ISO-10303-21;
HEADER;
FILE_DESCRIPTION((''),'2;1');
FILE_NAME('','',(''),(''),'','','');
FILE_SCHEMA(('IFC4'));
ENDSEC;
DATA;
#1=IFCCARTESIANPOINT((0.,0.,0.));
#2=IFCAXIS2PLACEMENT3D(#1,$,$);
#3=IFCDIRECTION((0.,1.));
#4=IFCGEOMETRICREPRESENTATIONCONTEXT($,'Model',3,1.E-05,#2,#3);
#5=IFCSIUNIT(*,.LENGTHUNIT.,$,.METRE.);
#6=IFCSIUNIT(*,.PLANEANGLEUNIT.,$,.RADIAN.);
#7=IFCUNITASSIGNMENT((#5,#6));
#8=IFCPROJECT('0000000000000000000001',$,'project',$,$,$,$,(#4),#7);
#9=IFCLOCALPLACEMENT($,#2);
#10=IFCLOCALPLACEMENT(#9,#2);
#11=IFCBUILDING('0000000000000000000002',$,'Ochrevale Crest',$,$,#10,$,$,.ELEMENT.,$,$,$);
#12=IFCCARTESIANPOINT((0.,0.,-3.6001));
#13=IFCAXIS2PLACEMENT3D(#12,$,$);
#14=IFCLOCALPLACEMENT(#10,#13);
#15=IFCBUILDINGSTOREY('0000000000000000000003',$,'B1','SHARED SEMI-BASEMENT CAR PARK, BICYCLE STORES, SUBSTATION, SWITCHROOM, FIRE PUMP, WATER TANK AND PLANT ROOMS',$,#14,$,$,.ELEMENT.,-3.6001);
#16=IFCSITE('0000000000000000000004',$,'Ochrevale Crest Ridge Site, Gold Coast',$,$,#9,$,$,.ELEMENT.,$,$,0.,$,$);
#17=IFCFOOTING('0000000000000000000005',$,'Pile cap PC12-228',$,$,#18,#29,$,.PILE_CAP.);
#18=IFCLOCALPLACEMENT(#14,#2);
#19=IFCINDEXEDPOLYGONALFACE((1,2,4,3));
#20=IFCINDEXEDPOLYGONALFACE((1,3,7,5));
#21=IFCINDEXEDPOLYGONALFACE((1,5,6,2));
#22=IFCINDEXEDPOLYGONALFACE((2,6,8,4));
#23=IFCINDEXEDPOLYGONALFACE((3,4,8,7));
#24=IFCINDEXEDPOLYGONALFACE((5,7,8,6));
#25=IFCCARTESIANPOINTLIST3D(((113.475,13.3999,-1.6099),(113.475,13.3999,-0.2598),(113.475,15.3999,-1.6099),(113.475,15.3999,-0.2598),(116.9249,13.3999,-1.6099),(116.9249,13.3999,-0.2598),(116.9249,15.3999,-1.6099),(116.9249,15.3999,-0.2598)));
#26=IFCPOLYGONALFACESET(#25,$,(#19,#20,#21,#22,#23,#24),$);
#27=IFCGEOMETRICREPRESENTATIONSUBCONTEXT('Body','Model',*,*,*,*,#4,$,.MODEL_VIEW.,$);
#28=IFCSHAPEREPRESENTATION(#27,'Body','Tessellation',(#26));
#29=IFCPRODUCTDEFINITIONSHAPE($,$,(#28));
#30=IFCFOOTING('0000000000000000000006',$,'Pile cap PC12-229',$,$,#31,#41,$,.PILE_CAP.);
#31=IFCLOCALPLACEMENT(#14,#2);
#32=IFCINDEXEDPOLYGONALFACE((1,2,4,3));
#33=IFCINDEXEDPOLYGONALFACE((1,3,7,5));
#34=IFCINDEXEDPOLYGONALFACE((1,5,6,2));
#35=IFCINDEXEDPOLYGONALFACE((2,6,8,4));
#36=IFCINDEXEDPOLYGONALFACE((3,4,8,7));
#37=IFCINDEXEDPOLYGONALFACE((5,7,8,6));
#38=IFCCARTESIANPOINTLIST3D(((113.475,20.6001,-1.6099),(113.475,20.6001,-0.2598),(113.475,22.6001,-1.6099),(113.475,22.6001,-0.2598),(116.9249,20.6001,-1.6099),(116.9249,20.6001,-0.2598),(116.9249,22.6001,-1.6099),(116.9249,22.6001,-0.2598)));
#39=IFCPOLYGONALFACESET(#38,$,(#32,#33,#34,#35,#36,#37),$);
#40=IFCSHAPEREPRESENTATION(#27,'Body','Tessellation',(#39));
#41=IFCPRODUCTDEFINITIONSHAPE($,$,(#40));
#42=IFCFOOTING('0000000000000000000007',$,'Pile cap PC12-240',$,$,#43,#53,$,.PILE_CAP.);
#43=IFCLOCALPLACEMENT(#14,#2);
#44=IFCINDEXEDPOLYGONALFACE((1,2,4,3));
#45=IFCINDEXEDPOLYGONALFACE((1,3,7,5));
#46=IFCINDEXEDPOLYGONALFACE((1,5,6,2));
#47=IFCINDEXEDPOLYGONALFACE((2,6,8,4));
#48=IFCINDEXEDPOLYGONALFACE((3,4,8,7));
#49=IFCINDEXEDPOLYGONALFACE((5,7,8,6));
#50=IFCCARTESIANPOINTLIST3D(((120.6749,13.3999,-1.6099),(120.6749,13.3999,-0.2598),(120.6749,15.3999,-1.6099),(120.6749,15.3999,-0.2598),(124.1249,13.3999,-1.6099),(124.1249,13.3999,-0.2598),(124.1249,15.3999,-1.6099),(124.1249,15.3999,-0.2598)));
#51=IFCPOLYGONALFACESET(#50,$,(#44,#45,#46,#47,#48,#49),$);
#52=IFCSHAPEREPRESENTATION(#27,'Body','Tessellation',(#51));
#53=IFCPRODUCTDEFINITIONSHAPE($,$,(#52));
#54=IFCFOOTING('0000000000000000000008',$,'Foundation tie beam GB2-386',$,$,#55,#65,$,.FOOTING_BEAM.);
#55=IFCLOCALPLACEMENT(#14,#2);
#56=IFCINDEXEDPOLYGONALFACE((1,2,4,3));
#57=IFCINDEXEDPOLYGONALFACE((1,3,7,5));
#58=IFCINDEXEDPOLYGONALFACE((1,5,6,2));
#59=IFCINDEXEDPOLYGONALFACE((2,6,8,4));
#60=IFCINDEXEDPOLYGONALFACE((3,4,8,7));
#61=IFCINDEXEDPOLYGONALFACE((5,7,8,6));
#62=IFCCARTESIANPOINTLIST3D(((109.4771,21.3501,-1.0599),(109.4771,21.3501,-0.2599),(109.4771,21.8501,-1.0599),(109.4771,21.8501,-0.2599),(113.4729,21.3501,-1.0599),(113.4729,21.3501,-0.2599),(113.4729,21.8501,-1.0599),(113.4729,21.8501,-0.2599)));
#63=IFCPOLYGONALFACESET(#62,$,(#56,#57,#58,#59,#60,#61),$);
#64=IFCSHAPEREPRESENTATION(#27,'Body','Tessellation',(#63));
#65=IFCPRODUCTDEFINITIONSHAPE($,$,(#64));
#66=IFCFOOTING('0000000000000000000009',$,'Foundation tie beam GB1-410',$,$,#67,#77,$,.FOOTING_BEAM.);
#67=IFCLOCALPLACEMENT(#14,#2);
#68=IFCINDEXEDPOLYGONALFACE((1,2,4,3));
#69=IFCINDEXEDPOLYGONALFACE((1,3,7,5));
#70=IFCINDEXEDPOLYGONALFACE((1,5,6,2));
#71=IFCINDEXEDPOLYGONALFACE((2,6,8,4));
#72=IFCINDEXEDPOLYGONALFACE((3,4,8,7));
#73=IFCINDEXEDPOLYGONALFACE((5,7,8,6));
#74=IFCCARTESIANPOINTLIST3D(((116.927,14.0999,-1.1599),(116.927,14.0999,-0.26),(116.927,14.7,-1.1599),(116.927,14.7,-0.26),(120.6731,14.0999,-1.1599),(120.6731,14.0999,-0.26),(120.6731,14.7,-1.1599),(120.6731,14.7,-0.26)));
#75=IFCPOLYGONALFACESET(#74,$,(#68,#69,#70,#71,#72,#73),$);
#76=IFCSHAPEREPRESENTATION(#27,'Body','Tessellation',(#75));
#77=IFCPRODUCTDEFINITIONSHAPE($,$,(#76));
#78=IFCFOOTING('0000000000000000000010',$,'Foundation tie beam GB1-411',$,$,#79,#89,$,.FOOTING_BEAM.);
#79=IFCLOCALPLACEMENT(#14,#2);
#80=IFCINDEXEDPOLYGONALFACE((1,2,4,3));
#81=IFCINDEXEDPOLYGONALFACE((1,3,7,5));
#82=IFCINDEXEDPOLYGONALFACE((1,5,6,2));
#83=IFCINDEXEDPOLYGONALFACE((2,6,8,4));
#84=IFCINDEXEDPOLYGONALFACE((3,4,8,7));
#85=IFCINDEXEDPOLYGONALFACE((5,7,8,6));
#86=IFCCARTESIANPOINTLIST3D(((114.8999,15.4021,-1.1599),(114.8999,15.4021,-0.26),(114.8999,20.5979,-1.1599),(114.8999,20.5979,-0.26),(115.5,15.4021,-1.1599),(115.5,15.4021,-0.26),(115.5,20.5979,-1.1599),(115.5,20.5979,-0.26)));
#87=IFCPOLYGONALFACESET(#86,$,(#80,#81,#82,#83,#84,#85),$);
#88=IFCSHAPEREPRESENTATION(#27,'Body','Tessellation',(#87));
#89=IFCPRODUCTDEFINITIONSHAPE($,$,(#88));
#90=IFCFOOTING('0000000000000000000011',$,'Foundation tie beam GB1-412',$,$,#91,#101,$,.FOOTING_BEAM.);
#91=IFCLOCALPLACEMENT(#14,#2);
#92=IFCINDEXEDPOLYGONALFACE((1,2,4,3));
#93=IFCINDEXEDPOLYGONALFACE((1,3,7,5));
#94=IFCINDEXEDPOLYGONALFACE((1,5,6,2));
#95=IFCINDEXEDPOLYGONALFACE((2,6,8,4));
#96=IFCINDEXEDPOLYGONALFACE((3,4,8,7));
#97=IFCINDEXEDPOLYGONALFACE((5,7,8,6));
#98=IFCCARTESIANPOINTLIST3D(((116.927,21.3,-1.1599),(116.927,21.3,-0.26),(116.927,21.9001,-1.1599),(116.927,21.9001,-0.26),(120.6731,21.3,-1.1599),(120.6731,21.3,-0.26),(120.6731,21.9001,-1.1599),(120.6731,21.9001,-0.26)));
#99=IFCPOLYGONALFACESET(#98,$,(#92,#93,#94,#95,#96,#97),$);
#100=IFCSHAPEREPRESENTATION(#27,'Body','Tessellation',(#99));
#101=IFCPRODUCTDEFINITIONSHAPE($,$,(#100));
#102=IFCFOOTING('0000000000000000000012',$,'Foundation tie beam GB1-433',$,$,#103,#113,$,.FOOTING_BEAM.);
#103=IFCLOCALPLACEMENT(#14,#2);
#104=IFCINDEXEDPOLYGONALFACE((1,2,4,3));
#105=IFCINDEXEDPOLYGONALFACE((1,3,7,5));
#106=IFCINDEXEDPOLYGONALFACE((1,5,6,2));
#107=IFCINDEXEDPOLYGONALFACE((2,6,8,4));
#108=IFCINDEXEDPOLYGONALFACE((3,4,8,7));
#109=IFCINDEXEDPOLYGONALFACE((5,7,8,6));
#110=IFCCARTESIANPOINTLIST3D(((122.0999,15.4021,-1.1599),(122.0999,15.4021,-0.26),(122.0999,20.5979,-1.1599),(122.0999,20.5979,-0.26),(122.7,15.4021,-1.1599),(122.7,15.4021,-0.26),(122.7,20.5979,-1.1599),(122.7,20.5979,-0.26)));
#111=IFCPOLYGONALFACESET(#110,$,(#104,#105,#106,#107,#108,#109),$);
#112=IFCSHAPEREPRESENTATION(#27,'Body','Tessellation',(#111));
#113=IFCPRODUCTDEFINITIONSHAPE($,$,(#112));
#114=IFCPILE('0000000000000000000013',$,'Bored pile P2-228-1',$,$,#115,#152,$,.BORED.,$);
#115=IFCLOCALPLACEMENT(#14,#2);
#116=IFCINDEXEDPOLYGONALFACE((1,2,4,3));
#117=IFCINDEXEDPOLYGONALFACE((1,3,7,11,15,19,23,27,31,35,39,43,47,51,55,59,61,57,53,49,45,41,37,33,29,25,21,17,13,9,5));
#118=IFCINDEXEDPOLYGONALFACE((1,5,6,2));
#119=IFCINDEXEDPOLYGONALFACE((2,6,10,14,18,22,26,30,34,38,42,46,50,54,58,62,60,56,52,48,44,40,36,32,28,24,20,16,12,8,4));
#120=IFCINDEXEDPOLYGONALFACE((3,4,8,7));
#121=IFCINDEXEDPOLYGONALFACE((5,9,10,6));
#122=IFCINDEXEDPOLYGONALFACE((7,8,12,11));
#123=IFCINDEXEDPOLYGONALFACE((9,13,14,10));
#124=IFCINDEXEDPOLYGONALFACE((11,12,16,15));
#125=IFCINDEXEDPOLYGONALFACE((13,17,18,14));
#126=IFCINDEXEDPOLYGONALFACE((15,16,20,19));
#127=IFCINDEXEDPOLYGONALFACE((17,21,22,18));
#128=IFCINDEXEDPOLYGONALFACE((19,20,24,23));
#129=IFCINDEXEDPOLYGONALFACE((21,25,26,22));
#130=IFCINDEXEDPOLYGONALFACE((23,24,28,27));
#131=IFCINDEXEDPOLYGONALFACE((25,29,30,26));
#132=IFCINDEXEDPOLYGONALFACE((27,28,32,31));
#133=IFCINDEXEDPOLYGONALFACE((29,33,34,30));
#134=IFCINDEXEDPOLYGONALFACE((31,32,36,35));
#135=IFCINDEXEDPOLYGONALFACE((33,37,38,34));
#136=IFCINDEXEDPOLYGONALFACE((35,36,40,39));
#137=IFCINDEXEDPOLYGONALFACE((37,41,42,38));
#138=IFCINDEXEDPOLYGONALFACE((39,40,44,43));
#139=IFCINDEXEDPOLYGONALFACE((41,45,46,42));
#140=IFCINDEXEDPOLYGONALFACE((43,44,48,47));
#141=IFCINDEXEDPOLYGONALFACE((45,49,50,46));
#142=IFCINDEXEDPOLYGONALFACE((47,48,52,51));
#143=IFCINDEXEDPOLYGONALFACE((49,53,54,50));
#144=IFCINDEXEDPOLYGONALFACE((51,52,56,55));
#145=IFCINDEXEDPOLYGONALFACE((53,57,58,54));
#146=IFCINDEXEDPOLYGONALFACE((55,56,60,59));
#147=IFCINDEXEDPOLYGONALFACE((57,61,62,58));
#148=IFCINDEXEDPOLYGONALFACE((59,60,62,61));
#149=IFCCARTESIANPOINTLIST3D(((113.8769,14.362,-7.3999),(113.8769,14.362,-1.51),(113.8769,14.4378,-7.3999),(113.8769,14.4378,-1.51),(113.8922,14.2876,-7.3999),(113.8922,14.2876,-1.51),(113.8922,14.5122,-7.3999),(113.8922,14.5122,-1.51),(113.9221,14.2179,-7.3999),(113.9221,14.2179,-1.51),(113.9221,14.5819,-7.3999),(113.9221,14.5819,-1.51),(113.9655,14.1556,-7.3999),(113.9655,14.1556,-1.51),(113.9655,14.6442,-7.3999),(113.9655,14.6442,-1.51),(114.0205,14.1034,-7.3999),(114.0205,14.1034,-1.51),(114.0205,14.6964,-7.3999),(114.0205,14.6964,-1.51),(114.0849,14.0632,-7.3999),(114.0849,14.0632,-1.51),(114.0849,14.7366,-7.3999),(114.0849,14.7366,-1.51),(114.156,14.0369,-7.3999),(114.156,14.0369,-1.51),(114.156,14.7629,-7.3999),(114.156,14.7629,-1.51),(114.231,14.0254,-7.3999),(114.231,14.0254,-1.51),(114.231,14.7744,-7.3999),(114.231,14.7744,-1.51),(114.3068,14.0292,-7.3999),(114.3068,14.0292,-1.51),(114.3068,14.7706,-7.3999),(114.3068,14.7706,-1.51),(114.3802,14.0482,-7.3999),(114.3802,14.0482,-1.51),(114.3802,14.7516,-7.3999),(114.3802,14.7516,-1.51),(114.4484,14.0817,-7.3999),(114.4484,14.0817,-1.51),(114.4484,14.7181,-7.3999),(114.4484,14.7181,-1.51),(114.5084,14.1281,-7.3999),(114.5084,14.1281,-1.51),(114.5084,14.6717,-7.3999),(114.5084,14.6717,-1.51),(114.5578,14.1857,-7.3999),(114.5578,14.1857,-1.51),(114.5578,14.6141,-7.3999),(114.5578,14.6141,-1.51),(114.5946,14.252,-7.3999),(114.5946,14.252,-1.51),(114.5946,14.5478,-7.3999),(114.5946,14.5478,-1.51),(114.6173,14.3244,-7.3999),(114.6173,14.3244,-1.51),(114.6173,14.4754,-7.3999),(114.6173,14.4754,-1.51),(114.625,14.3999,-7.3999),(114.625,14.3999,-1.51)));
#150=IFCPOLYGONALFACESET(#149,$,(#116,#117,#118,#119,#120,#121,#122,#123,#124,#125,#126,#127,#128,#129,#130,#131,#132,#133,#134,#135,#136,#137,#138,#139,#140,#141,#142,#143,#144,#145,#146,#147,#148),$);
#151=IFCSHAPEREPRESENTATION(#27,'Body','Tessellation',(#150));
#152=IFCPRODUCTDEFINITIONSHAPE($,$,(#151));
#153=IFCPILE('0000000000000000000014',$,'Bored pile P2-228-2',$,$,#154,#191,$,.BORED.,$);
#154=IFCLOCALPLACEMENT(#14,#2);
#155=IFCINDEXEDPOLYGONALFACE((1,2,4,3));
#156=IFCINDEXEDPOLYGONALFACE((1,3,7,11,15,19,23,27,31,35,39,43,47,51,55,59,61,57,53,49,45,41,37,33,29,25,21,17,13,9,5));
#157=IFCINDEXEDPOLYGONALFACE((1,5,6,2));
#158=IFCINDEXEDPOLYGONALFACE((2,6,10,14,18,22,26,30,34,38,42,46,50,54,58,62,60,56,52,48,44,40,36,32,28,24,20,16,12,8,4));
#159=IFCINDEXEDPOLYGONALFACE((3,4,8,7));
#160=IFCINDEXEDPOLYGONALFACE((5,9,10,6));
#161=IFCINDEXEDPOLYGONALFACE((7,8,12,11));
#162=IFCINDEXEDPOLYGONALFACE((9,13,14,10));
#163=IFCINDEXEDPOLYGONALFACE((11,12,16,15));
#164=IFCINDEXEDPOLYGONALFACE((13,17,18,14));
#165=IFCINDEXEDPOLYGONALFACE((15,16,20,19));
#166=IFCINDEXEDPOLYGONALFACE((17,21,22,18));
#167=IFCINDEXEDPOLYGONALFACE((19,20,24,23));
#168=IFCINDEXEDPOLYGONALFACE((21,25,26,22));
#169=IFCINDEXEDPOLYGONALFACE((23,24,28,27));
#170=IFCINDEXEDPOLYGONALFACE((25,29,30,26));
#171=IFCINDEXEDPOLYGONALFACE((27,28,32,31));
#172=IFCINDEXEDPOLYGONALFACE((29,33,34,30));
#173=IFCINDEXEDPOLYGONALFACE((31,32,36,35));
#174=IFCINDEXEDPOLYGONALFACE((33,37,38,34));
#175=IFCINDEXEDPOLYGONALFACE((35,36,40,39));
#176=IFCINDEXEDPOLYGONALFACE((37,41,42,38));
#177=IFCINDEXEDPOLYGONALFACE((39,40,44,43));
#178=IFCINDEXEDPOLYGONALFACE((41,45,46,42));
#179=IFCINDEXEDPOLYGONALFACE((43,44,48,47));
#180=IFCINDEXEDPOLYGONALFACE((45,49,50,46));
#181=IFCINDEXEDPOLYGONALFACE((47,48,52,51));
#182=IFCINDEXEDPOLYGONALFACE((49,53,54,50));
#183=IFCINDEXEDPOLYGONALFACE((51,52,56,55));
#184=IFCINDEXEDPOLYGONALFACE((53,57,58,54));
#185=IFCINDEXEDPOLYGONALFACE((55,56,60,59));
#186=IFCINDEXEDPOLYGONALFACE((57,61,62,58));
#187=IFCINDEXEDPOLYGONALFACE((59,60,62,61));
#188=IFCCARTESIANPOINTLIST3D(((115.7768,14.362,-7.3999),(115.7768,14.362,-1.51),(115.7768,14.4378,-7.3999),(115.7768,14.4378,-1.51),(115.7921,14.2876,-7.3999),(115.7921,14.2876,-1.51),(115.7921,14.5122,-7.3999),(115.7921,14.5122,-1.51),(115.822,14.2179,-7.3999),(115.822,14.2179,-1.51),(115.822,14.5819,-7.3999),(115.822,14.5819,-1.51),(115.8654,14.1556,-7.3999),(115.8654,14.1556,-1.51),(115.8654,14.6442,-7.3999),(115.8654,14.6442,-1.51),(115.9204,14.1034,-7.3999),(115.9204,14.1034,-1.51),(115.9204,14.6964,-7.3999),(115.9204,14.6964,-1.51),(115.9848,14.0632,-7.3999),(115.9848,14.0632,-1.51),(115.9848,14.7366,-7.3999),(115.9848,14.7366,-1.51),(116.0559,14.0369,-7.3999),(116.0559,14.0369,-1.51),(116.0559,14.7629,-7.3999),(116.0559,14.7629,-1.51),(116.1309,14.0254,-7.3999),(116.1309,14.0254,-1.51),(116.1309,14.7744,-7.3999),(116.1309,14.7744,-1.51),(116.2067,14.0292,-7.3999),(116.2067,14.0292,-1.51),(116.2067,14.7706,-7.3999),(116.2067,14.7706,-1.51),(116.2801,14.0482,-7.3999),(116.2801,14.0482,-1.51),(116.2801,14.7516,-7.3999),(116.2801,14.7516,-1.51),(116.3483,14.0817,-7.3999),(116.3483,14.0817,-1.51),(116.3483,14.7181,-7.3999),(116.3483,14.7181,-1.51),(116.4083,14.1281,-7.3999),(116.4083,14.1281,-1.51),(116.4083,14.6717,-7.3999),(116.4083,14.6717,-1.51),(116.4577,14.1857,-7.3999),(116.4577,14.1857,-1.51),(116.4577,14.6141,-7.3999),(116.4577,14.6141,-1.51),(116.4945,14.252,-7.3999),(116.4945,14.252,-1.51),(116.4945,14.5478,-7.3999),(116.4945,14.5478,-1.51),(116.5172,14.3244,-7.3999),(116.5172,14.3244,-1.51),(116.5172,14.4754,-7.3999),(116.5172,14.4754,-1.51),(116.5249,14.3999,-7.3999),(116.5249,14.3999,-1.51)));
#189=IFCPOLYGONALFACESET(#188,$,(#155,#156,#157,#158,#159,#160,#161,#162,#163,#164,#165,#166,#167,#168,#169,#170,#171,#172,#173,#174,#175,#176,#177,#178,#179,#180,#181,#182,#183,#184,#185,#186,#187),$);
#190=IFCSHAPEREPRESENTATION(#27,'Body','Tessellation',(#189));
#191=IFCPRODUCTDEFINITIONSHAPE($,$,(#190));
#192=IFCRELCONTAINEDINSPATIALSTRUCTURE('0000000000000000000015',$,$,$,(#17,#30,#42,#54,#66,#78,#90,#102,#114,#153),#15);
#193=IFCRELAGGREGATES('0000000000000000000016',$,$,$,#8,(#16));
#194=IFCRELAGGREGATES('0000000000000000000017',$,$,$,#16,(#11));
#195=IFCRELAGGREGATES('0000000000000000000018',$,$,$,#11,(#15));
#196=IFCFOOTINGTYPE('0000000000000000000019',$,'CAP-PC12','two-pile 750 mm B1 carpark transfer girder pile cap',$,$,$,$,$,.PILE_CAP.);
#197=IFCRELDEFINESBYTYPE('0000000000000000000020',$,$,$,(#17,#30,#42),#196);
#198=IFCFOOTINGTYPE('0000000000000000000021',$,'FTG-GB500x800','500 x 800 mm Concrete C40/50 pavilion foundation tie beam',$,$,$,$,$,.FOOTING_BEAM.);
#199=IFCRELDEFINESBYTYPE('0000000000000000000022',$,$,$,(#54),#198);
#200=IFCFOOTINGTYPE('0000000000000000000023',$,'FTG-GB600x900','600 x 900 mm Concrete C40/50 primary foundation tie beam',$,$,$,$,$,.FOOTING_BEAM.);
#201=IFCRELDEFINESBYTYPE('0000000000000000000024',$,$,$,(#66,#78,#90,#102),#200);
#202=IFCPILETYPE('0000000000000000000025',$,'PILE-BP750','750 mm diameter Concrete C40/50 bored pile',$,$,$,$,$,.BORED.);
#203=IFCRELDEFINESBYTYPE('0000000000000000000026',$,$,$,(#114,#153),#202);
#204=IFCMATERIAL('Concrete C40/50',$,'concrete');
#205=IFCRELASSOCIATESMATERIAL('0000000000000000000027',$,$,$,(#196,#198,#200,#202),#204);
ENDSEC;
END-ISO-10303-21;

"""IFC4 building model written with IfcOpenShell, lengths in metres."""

from ifc_helpers import new_model, si_unit, direction, frame, origin, origin_2d, place, context, subcontext, project, spatial, rectangle, circle, extrude, material, material_profile, profile_set, type_object, element, save


model = new_model("IFC4")

# Units and contexts
model_context = context("Model", 3, precision=1e-05, world=origin(), true_north=direction((0.0, 1.0)))
body_context = subcontext(model_context, "Body", "Model", "MODEL_VIEW")
ifc_project = project(units=[si_unit("LENGTHUNIT", "METRE"), si_unit("PLANEANGLEUNIT", "RADIAN")], contexts=[model_context])

# Site, building, storey
site_placement = place(None, origin())
site = spatial("IfcSite", under=ifc_project, at=site_placement, Name="Ochrevale Crest Ridge Site, Gold Coast", CompositionType="ELEMENT", RefElevation=0.0)
building_placement = place(site_placement, origin())
building = spatial("IfcBuilding", under=site, at=building_placement, Name="Ochrevale Crest", CompositionType="ELEMENT")
storey_placement = place(building_placement, frame((0.0, 0.0, -3.6001)))
storey = spatial("IfcBuildingStorey", under=building, at=storey_placement, Name="B1", Description="SHARED SEMI-BASEMENT CAR PARK, BICYCLE STORES, SUBSTATION, SWITCHROOM, FIRE PUMP, WATER TANK AND PLANT ROOMS", CompositionType="ELEMENT", Elevation=-3.6001)

# Footings
ifc_material_1 = material(Name="Concrete C40/50", Category="concrete")
footing_type_1 = type_object("IfcFootingType", Name="CAP-PC12", Description="two-pile 750 mm B1 carpark transfer girder pile cap", PredefinedType="PILE_CAP", material=ifc_material_1)
for number, where, z_axis, x_axis, name in (
    (1, (115.2, 14.3999, -1.6099), (0.0, 0.0, 1.0), (1.0, 0.0, 0.0), "Pile cap PC12-228"),
    (2, (115.2, 21.6001, -1.6099), (0.0, 0.0, 1.0), (1.0, 0.0, 0.0), "Pile cap PC12-229"),
    (3, (122.3999, 14.3999, -1.6099), (0.0, 0.0, 1.0), (1.0, 0.0, 0.0), "Pile cap PC12-240"),
):
    element("IfcFooting", number, at=place(storey_placement, frame(where, z_axis=z_axis, x_axis=x_axis)), inside=storey, type_object=footing_type_1, Name=name, PredefinedType="PILE_CAP", context=body_context, shape_type="SweptSolid", body=[
        extrude(rectangle(XDim=3.45, YDim=2.0, at=origin_2d()), origin(), (0.0, 0.0, 1.0), 1.3501),
    ])
ifc_material_profile_1 = material_profile(ifc_material_1, rectangle(XDim=0.5, YDim=0.8, at=origin_2d()), Name="GB 500x800")
ifc_profile_set_1 = profile_set([ifc_material_profile_1], Name="Concrete C40/50")
footing_type_2 = type_object("IfcFootingType", Name="FTG-GB500x800", Description="500 x 800 mm Concrete C40/50 pavilion foundation tie beam", PredefinedType="FOOTING_BEAM", material=ifc_profile_set_1)
footing_1_placement = place(storey_placement, frame((109.4771, 21.6001, -0.6599), z_axis=(1.0, 0.0, 0.0), x_axis=(0.0, 1.0, 0.0)))
element("IfcFooting", 4, at=footing_1_placement, inside=storey, type_object=footing_type_2, Name="Foundation tie beam GB2-386", PredefinedType="FOOTING_BEAM", context=body_context, shape_type="SweptSolid", body=[
    extrude(rectangle(XDim=0.5, YDim=0.8, at=origin_2d()), origin(), (0.0, 0.0, 1.0), 3.9958),
])
ifc_material_profile_2 = material_profile(ifc_material_1, rectangle(XDim=0.6001, YDim=0.8999, at=origin_2d()), Name="GB 600x900")
ifc_profile_set_2 = profile_set([ifc_material_profile_2], Name="Concrete C40/50")
footing_type_3 = type_object("IfcFootingType", Name="FTG-GB600x900", Description="600 x 900 mm Concrete C40/50 primary foundation tie beam", PredefinedType="FOOTING_BEAM", material=ifc_profile_set_2)
footing_2_placement = place(storey_placement, frame((116.927, 14.3999, -0.71), z_axis=(1.0, 0.0, 0.0), x_axis=(0.0, 1.0, 0.0)))
element("IfcFooting", 5, at=footing_2_placement, inside=storey, type_object=footing_type_3, Name="Foundation tie beam GB1-410", PredefinedType="FOOTING_BEAM", context=body_context, shape_type="SweptSolid", body=[
    extrude(rectangle(XDim=0.6001, YDim=0.8999, at=origin_2d()), origin(), (0.0, 0.0, 1.0), 3.7461),
])
footing_3_placement = place(storey_placement, frame((115.2, 15.4021, -0.71), z_axis=(0.0, 1.0, 0.0), x_axis=(-1.0, 0.0, 0.0)))
element("IfcFooting", 6, at=footing_3_placement, inside=storey, type_object=footing_type_3, Name="Foundation tie beam GB1-411", PredefinedType="FOOTING_BEAM", context=body_context, shape_type="SweptSolid", body=[
    extrude(rectangle(XDim=0.6001, YDim=0.8999, at=origin_2d()), origin(), (0.0, 0.0, 1.0), 5.1958),
])
footing_4_placement = place(storey_placement, frame((116.927, 21.6001, -0.71), z_axis=(1.0, 0.0, 0.0), x_axis=(0.0, 1.0, 0.0)))
element("IfcFooting", 7, at=footing_4_placement, inside=storey, type_object=footing_type_3, Name="Foundation tie beam GB1-412", PredefinedType="FOOTING_BEAM", context=body_context, shape_type="SweptSolid", body=[
    extrude(rectangle(XDim=0.6001, YDim=0.8999, at=origin_2d()), origin(), (0.0, 0.0, 1.0), 3.7461),
])
footing_5_placement = place(storey_placement, frame((122.3999, 15.4021, -0.71), z_axis=(0.0, 1.0, 0.0), x_axis=(-1.0, 0.0, 0.0)))
element("IfcFooting", 8, at=footing_5_placement, inside=storey, type_object=footing_type_3, Name="Foundation tie beam GB1-433", PredefinedType="FOOTING_BEAM", context=body_context, shape_type="SweptSolid", body=[
    extrude(rectangle(XDim=0.6001, YDim=0.8999, at=origin_2d()), origin(), (0.0, 0.0, 1.0), 5.1958),
])

# Piles
ifc_material_profile_3 = material_profile(ifc_material_1, circle(Radius=0.375, at=origin_2d()), Name="BORED PILE 750")
ifc_profile_set_3 = profile_set([ifc_material_profile_3], Name="Concrete C40/50")
pile_type = type_object("IfcPileType", Name="PILE-BP750", Description="750 mm diameter Concrete C40/50 bored pile", PredefinedType="BORED", material=ifc_profile_set_3)
for number, where, z_axis, x_axis, name in (
    (9, (114.25, 14.3999, -1.51), (0.0, 0.0, -1.0), (1.0, 0.0, 0.0), "Bored pile P2-228-1"),
    (10, (116.1499, 14.3999, -1.51), (0.0, 0.0, -1.0), (1.0, 0.0, 0.0), "Bored pile P2-228-2"),
):
    element("IfcPile", number, at=place(storey_placement, frame(where, z_axis=z_axis, x_axis=x_axis)), inside=storey, type_object=pile_type, Name=name, PredefinedType="BORED", context=body_context, shape_type="SweptSolid", body=[
        extrude(circle(Radius=0.375, at=origin_2d()), origin(), (0.0, 0.0, 1.0), 5.8899),
    ])

save(model, "model.ifc")
